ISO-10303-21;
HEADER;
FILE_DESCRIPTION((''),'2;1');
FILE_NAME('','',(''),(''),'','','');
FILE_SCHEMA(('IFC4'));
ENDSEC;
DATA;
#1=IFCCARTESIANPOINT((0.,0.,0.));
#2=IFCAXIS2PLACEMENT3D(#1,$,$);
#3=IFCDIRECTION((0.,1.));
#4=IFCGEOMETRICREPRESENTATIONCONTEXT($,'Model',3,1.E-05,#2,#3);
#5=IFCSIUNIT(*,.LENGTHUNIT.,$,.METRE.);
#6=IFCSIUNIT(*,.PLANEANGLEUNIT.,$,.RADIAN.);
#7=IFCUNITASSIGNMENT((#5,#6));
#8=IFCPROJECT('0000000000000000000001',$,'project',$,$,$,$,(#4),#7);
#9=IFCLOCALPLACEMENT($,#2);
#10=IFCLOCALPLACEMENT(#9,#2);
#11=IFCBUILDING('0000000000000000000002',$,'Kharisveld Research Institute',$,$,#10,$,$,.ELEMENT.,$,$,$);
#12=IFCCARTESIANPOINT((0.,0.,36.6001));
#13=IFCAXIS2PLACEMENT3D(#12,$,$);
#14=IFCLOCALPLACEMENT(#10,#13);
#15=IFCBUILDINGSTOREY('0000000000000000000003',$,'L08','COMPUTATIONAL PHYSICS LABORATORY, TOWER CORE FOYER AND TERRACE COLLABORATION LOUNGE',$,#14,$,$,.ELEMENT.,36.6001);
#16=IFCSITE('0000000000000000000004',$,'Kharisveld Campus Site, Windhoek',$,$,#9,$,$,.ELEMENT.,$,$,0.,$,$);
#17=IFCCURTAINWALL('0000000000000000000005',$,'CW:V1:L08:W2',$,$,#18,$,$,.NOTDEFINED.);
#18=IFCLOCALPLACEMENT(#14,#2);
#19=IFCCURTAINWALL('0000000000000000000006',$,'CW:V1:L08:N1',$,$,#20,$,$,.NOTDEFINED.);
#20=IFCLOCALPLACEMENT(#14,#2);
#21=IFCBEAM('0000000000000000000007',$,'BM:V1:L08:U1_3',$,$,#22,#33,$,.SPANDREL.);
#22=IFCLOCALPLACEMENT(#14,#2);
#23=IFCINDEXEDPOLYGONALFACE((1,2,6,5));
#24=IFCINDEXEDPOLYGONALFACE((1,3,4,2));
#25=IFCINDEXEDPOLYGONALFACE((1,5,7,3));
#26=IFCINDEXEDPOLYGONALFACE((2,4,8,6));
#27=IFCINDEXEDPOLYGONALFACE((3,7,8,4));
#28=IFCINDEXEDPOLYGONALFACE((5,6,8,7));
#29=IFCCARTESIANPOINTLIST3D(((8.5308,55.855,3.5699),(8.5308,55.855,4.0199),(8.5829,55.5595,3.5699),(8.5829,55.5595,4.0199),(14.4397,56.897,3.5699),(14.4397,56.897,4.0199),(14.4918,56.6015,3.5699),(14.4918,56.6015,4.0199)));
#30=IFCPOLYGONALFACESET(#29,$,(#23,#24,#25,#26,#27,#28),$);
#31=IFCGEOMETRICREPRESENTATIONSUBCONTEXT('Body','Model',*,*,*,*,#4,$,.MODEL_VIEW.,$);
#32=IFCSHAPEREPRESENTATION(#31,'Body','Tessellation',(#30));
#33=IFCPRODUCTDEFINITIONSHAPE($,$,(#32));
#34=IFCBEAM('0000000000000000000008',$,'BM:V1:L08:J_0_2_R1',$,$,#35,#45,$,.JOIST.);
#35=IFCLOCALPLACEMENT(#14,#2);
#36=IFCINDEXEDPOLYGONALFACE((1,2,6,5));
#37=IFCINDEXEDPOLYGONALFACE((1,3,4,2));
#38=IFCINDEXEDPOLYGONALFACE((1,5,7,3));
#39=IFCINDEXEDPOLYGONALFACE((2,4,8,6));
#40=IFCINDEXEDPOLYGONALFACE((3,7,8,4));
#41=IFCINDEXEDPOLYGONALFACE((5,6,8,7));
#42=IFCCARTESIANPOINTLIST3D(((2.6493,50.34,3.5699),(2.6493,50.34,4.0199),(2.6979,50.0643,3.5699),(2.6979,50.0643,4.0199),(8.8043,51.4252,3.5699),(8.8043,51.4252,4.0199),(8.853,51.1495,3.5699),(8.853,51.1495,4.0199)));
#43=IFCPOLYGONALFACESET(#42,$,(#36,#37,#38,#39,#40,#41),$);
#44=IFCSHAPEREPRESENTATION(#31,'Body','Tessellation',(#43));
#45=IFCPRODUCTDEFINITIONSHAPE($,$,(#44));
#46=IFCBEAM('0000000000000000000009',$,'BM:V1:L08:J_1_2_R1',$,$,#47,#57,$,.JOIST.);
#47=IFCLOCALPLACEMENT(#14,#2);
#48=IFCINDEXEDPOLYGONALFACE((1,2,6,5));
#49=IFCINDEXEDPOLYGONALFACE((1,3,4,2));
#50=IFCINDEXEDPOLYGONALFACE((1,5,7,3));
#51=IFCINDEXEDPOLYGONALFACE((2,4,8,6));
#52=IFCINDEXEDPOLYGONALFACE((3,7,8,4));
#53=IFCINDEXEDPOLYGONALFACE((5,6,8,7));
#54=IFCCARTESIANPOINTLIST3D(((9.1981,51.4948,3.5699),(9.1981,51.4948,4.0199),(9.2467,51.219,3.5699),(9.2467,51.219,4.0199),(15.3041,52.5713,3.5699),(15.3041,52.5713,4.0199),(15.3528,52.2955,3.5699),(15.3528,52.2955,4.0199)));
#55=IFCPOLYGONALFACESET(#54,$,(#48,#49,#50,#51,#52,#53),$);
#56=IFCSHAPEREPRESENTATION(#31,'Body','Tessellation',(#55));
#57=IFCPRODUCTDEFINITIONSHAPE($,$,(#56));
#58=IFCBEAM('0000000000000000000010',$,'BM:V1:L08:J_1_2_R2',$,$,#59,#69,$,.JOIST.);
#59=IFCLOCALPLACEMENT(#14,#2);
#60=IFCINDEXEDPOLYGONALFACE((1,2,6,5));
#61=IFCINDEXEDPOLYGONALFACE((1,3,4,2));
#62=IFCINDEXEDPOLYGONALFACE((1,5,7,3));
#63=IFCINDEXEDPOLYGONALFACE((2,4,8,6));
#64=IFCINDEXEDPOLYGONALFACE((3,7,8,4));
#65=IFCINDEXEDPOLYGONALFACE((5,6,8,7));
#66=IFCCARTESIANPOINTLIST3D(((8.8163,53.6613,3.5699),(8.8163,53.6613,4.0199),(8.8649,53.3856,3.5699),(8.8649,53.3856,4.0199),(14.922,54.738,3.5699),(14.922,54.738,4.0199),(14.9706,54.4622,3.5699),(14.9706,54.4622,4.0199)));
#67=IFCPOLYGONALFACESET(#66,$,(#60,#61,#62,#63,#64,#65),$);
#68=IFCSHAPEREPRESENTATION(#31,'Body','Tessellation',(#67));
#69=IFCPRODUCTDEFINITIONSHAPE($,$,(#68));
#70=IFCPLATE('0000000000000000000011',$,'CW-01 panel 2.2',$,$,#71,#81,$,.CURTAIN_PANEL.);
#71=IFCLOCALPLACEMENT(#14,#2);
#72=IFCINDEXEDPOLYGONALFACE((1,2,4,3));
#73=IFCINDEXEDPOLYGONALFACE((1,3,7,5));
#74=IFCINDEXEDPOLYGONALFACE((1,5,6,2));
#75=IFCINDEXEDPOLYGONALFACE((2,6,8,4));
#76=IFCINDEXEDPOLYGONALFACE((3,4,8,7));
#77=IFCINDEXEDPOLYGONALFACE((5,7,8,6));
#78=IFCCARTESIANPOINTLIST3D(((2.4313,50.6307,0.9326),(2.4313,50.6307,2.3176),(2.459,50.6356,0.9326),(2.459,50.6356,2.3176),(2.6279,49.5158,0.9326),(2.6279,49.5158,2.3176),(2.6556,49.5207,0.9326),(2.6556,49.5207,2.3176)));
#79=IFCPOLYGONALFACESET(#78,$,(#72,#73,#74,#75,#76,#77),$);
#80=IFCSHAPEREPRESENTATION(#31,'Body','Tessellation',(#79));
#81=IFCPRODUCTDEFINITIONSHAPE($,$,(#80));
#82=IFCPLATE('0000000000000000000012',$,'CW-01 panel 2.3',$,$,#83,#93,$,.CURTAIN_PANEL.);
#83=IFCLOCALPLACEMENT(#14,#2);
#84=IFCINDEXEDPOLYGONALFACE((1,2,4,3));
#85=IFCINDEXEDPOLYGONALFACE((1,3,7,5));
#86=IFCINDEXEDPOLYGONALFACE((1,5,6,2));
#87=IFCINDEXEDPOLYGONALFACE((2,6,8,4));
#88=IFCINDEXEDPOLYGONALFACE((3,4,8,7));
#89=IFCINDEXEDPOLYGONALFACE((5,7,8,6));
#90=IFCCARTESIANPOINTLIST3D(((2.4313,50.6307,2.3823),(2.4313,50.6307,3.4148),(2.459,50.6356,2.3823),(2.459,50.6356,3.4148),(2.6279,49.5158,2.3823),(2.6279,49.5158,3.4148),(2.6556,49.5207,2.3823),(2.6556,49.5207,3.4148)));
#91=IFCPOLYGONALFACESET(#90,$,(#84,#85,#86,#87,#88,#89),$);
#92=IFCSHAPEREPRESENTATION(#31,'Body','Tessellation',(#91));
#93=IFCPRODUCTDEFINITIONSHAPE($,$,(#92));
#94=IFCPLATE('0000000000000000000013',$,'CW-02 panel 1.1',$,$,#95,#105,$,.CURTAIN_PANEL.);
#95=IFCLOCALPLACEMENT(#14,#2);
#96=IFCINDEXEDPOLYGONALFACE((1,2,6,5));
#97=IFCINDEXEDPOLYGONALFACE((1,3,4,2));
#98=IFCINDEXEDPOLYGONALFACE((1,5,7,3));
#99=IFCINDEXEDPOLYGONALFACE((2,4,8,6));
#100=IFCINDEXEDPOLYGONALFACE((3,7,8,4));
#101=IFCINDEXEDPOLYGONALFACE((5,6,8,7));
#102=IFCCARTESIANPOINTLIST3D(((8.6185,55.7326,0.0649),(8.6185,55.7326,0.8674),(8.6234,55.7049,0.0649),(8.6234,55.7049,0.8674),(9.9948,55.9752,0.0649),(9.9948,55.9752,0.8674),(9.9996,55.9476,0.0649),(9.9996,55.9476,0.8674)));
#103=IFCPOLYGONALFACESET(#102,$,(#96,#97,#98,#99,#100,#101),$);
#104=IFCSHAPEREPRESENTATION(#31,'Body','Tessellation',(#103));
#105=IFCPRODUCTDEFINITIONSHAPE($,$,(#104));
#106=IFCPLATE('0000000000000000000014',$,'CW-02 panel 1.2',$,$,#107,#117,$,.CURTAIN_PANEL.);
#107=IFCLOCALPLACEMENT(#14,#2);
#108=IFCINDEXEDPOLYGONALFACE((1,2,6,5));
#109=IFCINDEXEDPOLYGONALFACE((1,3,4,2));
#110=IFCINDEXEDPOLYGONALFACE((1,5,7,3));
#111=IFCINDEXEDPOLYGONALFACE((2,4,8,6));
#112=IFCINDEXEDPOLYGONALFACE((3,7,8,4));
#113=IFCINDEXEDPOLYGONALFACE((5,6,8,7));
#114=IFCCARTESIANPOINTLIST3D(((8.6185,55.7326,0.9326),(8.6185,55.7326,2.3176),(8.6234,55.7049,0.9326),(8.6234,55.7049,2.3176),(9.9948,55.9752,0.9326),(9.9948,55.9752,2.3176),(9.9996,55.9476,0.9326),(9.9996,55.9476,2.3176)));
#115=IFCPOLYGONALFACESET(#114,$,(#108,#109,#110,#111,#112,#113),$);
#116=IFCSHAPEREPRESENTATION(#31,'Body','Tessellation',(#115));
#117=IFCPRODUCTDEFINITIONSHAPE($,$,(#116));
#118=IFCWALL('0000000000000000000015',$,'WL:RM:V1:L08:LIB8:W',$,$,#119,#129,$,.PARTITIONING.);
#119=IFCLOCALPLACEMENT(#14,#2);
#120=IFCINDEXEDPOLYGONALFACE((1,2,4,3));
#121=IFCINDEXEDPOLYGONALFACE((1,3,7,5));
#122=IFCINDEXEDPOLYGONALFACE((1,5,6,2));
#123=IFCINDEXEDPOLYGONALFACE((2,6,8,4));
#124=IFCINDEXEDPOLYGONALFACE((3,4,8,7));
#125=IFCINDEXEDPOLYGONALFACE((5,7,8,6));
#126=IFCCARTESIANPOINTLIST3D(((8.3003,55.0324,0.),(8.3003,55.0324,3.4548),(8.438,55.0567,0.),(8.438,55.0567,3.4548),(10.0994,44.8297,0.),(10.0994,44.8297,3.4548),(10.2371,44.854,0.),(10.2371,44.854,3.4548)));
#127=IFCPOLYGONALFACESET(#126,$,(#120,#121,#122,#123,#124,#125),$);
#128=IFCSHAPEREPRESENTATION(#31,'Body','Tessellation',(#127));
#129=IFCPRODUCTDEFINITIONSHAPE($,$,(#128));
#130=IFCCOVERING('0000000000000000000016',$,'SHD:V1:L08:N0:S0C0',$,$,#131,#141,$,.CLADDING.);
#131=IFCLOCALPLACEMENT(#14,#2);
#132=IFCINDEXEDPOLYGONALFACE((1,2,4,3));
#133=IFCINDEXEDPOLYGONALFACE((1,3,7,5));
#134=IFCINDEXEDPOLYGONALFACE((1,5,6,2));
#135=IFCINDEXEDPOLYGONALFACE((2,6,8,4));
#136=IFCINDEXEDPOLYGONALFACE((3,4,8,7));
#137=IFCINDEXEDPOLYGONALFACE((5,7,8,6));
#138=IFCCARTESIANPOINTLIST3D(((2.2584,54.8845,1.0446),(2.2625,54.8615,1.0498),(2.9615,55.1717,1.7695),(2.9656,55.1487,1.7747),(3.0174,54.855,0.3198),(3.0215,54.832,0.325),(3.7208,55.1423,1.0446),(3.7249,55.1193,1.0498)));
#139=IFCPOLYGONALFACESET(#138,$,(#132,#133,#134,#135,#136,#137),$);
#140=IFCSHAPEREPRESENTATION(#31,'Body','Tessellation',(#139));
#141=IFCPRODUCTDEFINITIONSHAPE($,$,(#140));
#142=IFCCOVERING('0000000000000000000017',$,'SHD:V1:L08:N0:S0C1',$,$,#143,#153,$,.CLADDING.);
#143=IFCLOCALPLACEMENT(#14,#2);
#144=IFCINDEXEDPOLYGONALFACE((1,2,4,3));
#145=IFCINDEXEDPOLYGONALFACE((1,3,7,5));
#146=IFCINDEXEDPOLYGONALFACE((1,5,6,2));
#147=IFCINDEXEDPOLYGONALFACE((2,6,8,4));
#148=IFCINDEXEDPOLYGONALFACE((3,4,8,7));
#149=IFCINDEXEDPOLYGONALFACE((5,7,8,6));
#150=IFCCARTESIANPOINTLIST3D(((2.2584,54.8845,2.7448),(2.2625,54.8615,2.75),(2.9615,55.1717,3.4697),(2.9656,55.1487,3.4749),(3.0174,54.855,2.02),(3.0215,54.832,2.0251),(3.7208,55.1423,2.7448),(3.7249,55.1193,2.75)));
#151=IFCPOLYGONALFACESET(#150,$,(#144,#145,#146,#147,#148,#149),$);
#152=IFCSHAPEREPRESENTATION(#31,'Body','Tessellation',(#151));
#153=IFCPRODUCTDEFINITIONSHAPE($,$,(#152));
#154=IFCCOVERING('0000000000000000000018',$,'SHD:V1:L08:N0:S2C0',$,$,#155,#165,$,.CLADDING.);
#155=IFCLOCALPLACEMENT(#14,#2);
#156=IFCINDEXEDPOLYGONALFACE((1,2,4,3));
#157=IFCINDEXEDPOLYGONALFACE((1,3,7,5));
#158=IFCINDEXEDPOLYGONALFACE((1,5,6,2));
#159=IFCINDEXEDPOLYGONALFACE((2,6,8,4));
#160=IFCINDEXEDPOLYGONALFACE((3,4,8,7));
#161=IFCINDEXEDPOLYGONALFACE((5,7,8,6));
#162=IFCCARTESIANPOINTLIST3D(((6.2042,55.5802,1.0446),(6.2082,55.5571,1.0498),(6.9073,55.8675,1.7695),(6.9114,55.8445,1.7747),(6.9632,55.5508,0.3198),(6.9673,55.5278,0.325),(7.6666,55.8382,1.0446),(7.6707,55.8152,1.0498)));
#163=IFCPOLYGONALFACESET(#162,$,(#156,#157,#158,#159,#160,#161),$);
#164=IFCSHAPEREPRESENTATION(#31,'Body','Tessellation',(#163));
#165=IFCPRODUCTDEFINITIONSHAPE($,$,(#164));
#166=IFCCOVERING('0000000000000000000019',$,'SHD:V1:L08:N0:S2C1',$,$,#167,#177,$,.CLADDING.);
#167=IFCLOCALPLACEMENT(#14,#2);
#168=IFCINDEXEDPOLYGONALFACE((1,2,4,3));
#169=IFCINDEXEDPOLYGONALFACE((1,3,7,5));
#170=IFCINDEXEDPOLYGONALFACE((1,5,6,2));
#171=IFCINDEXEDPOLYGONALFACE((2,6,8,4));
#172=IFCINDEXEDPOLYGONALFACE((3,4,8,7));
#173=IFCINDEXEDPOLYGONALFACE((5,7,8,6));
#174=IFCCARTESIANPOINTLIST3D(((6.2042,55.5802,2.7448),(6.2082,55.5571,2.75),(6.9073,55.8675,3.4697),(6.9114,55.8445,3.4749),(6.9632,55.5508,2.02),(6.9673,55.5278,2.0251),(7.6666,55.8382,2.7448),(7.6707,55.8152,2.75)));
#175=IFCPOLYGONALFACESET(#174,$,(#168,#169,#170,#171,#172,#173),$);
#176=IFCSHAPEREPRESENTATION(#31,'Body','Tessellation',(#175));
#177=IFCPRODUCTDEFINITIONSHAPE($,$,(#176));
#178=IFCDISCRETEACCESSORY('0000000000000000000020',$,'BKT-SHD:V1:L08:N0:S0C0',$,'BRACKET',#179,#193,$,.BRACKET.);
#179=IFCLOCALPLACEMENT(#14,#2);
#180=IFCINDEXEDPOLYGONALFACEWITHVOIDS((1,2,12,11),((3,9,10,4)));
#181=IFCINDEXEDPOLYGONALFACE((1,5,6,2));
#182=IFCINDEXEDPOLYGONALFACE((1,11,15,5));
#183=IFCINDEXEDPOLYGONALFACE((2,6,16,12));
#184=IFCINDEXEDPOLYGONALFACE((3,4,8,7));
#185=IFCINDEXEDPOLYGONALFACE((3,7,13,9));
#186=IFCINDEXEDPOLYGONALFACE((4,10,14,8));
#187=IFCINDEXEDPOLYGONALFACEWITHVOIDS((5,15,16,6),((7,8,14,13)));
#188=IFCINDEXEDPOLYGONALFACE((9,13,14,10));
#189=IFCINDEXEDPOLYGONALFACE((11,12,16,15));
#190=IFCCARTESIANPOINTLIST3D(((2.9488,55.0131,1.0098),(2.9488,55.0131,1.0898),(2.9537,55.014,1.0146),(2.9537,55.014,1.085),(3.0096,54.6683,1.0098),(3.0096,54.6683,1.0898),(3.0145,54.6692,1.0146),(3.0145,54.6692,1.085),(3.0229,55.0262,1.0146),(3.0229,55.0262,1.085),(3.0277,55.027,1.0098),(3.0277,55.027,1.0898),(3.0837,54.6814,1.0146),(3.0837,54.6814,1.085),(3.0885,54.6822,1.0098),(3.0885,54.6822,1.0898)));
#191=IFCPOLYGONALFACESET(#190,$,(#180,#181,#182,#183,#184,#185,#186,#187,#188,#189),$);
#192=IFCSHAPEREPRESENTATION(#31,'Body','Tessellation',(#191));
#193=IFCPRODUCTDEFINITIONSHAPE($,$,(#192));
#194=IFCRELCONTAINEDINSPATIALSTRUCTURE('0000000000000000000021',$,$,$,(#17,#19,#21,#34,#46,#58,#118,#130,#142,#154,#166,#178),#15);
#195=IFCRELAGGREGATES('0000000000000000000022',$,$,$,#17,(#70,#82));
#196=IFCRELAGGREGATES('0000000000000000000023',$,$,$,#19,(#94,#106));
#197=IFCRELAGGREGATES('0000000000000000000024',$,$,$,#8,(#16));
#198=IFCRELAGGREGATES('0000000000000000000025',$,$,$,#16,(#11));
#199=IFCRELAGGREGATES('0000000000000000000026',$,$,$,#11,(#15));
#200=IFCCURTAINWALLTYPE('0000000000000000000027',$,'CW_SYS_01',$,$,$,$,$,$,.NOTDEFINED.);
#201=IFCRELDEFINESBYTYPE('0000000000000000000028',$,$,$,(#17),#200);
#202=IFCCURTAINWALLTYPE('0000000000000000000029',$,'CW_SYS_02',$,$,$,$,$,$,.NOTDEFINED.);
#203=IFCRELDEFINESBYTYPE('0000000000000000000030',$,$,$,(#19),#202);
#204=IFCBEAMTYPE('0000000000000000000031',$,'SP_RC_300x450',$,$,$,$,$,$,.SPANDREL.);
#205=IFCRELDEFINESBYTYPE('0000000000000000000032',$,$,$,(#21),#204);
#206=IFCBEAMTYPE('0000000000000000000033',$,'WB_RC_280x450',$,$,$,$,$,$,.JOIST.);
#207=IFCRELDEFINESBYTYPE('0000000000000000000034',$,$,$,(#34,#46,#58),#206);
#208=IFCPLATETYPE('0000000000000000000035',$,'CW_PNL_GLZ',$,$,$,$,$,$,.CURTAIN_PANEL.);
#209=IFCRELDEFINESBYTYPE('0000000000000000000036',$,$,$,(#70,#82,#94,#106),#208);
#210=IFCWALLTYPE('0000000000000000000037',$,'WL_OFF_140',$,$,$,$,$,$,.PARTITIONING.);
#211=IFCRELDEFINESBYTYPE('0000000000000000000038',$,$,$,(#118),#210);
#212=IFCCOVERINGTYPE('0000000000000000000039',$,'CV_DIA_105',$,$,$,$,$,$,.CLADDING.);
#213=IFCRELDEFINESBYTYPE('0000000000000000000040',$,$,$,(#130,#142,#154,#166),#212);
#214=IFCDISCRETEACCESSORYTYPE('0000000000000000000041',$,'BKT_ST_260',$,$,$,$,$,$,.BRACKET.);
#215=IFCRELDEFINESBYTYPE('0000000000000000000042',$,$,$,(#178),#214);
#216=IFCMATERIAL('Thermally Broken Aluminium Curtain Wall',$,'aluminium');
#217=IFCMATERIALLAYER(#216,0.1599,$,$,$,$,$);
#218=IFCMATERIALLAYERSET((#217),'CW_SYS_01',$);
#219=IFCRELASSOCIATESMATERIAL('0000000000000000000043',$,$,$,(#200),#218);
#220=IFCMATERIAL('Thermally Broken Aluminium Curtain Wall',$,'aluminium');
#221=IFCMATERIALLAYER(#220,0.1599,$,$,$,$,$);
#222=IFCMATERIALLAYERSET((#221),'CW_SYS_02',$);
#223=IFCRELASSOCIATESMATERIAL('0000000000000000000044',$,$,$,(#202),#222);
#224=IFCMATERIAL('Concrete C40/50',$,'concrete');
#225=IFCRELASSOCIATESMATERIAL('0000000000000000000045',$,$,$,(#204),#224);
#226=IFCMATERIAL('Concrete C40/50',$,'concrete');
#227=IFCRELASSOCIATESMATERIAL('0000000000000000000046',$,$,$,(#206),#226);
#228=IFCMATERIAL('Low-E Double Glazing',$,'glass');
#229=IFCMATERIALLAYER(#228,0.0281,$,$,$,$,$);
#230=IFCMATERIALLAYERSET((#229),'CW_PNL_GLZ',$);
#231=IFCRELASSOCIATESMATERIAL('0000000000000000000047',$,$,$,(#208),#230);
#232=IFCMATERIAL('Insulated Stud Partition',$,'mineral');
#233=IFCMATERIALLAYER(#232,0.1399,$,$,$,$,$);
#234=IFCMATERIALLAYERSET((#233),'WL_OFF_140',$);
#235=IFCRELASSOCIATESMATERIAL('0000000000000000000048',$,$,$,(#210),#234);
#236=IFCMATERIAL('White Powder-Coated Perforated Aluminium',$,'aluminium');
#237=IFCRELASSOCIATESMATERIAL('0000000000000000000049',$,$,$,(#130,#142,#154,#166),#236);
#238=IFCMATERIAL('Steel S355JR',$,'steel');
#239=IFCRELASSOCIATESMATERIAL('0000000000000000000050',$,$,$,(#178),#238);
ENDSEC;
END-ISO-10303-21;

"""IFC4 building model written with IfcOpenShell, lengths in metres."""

from ifc_helpers import new_model, si_unit, direction, frame, frame_2d, origin, origin_2d, place, context, subcontext, project, spatial, polyline, rectangle, hollow_rectangle, outline, extrude, material, layer, layer_set, material_profile, profile_set, type_object, element, aggregate, save


model = new_model("IFC4")

# Units and contexts
model_context = context("Model", 3, precision=1e-05, world=origin(), true_north=direction((0.0, 1.0)))
body_context = subcontext(model_context, "Body", "Model", "MODEL_VIEW")
ifc_project = project(units=[si_unit("LENGTHUNIT", "METRE"), si_unit("PLANEANGLEUNIT", "RADIAN")], contexts=[model_context])

# Site, building, storey
site_placement = place(None, origin())
site = spatial("IfcSite", under=ifc_project, at=site_placement, Name="Kharisveld Campus Site, Windhoek", CompositionType="ELEMENT", RefElevation=0.0)
building_placement = place(site_placement, origin())
building = spatial("IfcBuilding", under=site, at=building_placement, Name="Kharisveld Research Institute", CompositionType="ELEMENT")
storey_placement = place(building_placement, frame((0.0, 0.0, 36.6001)))
storey = spatial("IfcBuildingStorey", under=building, at=storey_placement, Name="L08", Description="COMPUTATIONAL PHYSICS LABORATORY, TOWER CORE FOYER AND TERRACE COLLABORATION LOUNGE", CompositionType="ELEMENT", Elevation=36.6001)

# Curtain walls
ifc_material_1 = material(Name="Thermally Broken Aluminium Curtain Wall", Category="aluminium")
ifc_layer_1 = layer(ifc_material_1, 0.1599)
ifc_layer_set_1 = layer_set([ifc_layer_1], Name="CW_SYS_01")
curtain_wall_type_1 = type_object("IfcCurtainWallType", Name="CW_SYS_01", PredefinedType="NOTDEFINED", material=ifc_layer_set_1)
curtain_wall_1_placement = place(storey_placement, origin())
curtain_wall_1 = element("IfcCurtainWall", 1, at=curtain_wall_1_placement, inside=storey, type_object=curtain_wall_type_1, Name="CW:V1:L08:W2", PredefinedType="NOTDEFINED")
ifc_material_2 = material(Name="Thermally Broken Aluminium Curtain Wall", Category="aluminium")
ifc_layer_2 = layer(ifc_material_2, 0.1599)
ifc_layer_set_2 = layer_set([ifc_layer_2], Name="CW_SYS_02")
curtain_wall_type_2 = type_object("IfcCurtainWallType", Name="CW_SYS_02", PredefinedType="NOTDEFINED", material=ifc_layer_set_2)
curtain_wall_2_placement = place(storey_placement, origin())
curtain_wall_2 = element("IfcCurtainWall", 2, at=curtain_wall_2_placement, inside=storey, type_object=curtain_wall_type_2, Name="CW:V1:L08:N1", PredefinedType="NOTDEFINED")

# Beams
ifc_material_3 = material(Name="Concrete C40/50", Category="concrete")
ifc_material_profile_1 = material_profile(ifc_material_3, rectangle(XDim=0.3, YDim=0.45, at=origin_2d()))
ifc_profile_set_1 = profile_set([ifc_material_profile_1], Name="Concrete C40/50")
beam_type_1 = type_object("IfcBeamType", Name="SP_RC_300x450", PredefinedType="SPANDREL", material=ifc_profile_set_1)
beam_1_placement = place(storey_placement, frame((8.5569, 55.7073, 3.7949), z_axis=(0.984805, 0.173662, 0.0), x_axis=(-0.173662, 0.984805, 0.0)))
element("IfcBeam", 3, at=beam_1_placement, inside=storey, type_object=beam_type_1, Name="BM:V1:L08:U1_3", PredefinedType="SPANDREL", context=body_context, shape_type="SweptSolid", body=[
    extrude(rectangle(XDim=0.3, YDim=0.45, at=origin_2d()), origin(), (0.0, 0.0, 1.0), 6.0),
])
ifc_material_4 = material(Name="Concrete C40/50", Category="concrete")
ifc_material_profile_2 = material_profile(ifc_material_4, rectangle(XDim=0.28, YDim=0.45, at=origin_2d()))
ifc_profile_set_2 = profile_set([ifc_material_profile_2], Name="Concrete C40/50")
beam_type_2 = type_object("IfcBeamType", Name="WB_RC_280x450", PredefinedType="JOIST", material=ifc_profile_set_2)
beam_2_placement = place(storey_placement, frame((2.6736, 50.2021, 3.7949), z_axis=(0.98481, 0.173634, 0.0), x_axis=(-0.173634, 0.98481, 0.0)))
element("IfcBeam", 4, at=beam_2_placement, inside=storey, type_object=beam_type_2, Name="BM:V1:L08:J_0_2_R1", PredefinedType="JOIST", context=body_context, shape_type="SweptSolid", body=[
    extrude(rectangle(XDim=0.28, YDim=0.45, at=origin_2d()), origin(), (0.0, 0.0, 1.0), 6.25),
])
beam_3_placement = place(storey_placement, frame((9.2224, 51.3569, 3.7949), z_axis=(0.984814, 0.173612, 0.0), x_axis=(-0.173612, 0.984814, 0.0)))
element("IfcBeam", 5, at=beam_3_placement, inside=storey, type_object=beam_type_2, Name="BM:V1:L08:J_1_2_R1", PredefinedType="JOIST", context=body_context, shape_type="SweptSolid", body=[
    extrude(rectangle(XDim=0.28, YDim=0.45, at=origin_2d()), origin(), (0.0, 0.0, 1.0), 6.2002),
])
beam_4_placement = place(storey_placement, frame((8.8406, 53.5234, 3.7949), z_axis=(0.984806, 0.173657, 0.0), x_axis=(-0.173657, 0.984806, 0.0)))
element("IfcBeam", 6, at=beam_4_placement, inside=storey, type_object=beam_type_2, Name="BM:V1:L08:J_1_2_R2", PredefinedType="JOIST", context=body_context, shape_type="SweptSolid", body=[
    extrude(rectangle(XDim=0.28, YDim=0.45, at=origin_2d()), origin(), (0.0, 0.0, 1.0), 6.2),
])

# Plates
ifc_material_5 = material(Name="Low-E Double Glazing", Category="glass")
ifc_layer_3 = layer(ifc_material_5, 0.0281)
ifc_layer_set_3 = layer_set([ifc_layer_3], Name="CW_PNL_GLZ")
plate_type = type_object("IfcPlateType", Name="CW_PNL_GLZ", PredefinedType="CURTAIN_PANEL", material=ifc_layer_set_3)
plate_1_placement = place(storey_placement, frame((2.5435, 50.0757, 0.9326), z_axis=(0.0, 0.0, 1.0), x_axis=(-0.173648, 0.984808, 0.0)))
plate_1 = element("IfcPlate", 7, at=plate_1_placement, type_object=plate_type, Name="CW-01 panel 2.2", PredefinedType="CURTAIN_PANEL", context=body_context, shape_type="SweptSolid", body=[
    extrude(rectangle(XDim=1.1321, YDim=0.0281, at=origin_2d()), origin(), (0.0, 0.0, 1.0), 1.385),
])
plate_2_placement = place(storey_placement, frame((2.5435, 50.0757, 2.3823), z_axis=(0.0, 0.0, 1.0), x_axis=(-0.173648, 0.984808, 0.0)))
plate_2 = element("IfcPlate", 8, at=plate_2_placement, type_object=plate_type, Name="CW-01 panel 2.3", PredefinedType="CURTAIN_PANEL", context=body_context, shape_type="SweptSolid", body=[
    extrude(rectangle(XDim=1.1321, YDim=0.0281, at=origin_2d()), origin(), (0.0, 0.0, 1.0), 1.0325),
])
aggregate(curtain_wall_1, [plate_1, plate_2])
plate_3_placement = place(storey_placement, frame((9.3091, 55.8401, 0.0649), z_axis=(0.0, 0.0, 1.0), x_axis=(0.984808, 0.173648, 0.0)))
plate_3 = element("IfcPlate", 9, at=plate_3_placement, type_object=plate_type, Name="CW-02 panel 1.1", PredefinedType="CURTAIN_PANEL", context=body_context, shape_type="SweptSolid", body=[
    extrude(rectangle(XDim=1.3975, YDim=0.0281, at=origin_2d()), origin(), (0.0, 0.0, 1.0), 0.8025),
])
plate_4_placement = place(storey_placement, frame((9.3091, 55.8401, 0.9326), z_axis=(0.0, 0.0, 1.0), x_axis=(0.984808, 0.173648, 0.0)))
plate_4 = element("IfcPlate", 10, at=plate_4_placement, type_object=plate_type, Name="CW-02 panel 1.2", PredefinedType="CURTAIN_PANEL", context=body_context, shape_type="SweptSolid", body=[
    extrude(rectangle(XDim=1.3975, YDim=0.0281, at=origin_2d()), origin(), (0.0, 0.0, 1.0), 1.385),
])
aggregate(curtain_wall_2, [plate_3, plate_4])

# Wall
ifc_material_6 = material(Name="Insulated Stud Partition", Category="mineral")
ifc_layer_4 = layer(ifc_material_6, 0.1399)
ifc_layer_set_4 = layer_set([ifc_layer_4], Name="WL_OFF_140")
wall_type = type_object("IfcWallType", Name="WL_OFF_140", PredefinedType="PARTITIONING", material=ifc_layer_set_4)
wall_placement = place(storey_placement, frame((8.3691, 55.0447, 0.0), z_axis=(0.0, 0.0, 1.0), x_axis=(0.173655, -0.984807, 0.0)))
element("IfcWall", 11, at=wall_placement, inside=storey, type_object=wall_type, Name="WL:RM:V1:L08:LIB8:W", PredefinedType="PARTITIONING", context=body_context, shape_type="SweptSolid", body=[
    extrude(rectangle(XDim=10.3601, YDim=0.1399, at=frame_2d((5.1802, 0.0))), origin(), (0.0, 0.0, 1.0), 3.4548),
])

# Coverings
ifc_material_7 = material(Name="White Powder-Coated Perforated Aluminium", Category="aluminium")
covering_type = type_object("IfcCoveringType", Name="CV_DIA_105", PredefinedType="CLADDING")
for number, where, z_axis, x_axis, name in (
    (12, (3.0215, 54.832, 0.325), (0.169497, -0.961447, 0.21654), (0.669826, 0.273555, 0.69029), "SHD:V1:L08:N0:S0C0"),
    (13, (3.0215, 54.832, 2.0251), (0.169497, -0.961447, 0.21654), (0.669826, 0.273555, 0.69029), "SHD:V1:L08:N0:S0C1"),
):
    element("IfcCovering", number, at=place(storey_placement, frame(where, z_axis=z_axis, x_axis=x_axis)), inside=storey, type_object=covering_type, material=ifc_material_7, Name=name, PredefinedType="CLADDING", context=body_context, shape_type="SweptSolid", body=[
        extrude(outline(polyline([(0.0, 0.0), (1.0501, 0.0), (1.0499, 1.0501), (0.0, 1.05), (0.0, 0.0)])), origin(), (0.0, 0.0, -1.0), 0.0239),
    ])
for number, where, z_axis, x_axis, name in (
    (14, (6.9673, 55.5278, 0.325), (0.169653, -0.96142, 0.21654), (0.669807, 0.273663, 0.690266), "SHD:V1:L08:N0:S2C0"),
    (15, (6.9673, 55.5278, 2.0251), (0.169653, -0.96142, 0.21654), (0.669807, 0.273663, 0.690266), "SHD:V1:L08:N0:S2C1"),
):
    element("IfcCovering", number, at=place(storey_placement, frame(where, z_axis=z_axis, x_axis=x_axis)), inside=storey, type_object=covering_type, material=ifc_material_7, Name=name, PredefinedType="CLADDING", context=body_context, shape_type="SweptSolid", body=[
        extrude(outline(polyline([(0.0, 0.0), (1.0501, 0.0), (1.0499, 1.0501), (0.0, 1.05), (0.0, 0.0)])), origin(), (0.0, 0.0, -1.0), 0.0239),
    ])

# Discrete accessory
ifc_material_8 = material(Name="Steel S355JR", Category="steel")
discrete_accessory_type = type_object("IfcDiscreteAccessoryType", Name="BKT_ST_260", PredefinedType="BRACKET")
for number, where, z_axis, x_axis, name in (
    (16, (3.0491, 54.6753, 1.0498), (-0.173666, 0.984805, 0.0), (-0.984805, -0.173666, 0.0), "BKT-SHD:V1:L08:N0:S0C0"),
):
    element("IfcDiscreteAccessory", number, at=place(storey_placement, frame(where, z_axis=z_axis, x_axis=x_axis)), inside=storey, type_object=discrete_accessory_type, material=ifc_material_8, Name=name, ObjectType="BRACKET", PredefinedType="BRACKET", context=body_context, shape_type="SweptSolid", body=[
        extrude(hollow_rectangle(XDim=0.0801, YDim=0.0801, WallThickness=0.0049, at=origin_2d()), origin(), (0.0, 0.0, 1.0), 0.3501),
    ])

save(model, "model.ifc")
